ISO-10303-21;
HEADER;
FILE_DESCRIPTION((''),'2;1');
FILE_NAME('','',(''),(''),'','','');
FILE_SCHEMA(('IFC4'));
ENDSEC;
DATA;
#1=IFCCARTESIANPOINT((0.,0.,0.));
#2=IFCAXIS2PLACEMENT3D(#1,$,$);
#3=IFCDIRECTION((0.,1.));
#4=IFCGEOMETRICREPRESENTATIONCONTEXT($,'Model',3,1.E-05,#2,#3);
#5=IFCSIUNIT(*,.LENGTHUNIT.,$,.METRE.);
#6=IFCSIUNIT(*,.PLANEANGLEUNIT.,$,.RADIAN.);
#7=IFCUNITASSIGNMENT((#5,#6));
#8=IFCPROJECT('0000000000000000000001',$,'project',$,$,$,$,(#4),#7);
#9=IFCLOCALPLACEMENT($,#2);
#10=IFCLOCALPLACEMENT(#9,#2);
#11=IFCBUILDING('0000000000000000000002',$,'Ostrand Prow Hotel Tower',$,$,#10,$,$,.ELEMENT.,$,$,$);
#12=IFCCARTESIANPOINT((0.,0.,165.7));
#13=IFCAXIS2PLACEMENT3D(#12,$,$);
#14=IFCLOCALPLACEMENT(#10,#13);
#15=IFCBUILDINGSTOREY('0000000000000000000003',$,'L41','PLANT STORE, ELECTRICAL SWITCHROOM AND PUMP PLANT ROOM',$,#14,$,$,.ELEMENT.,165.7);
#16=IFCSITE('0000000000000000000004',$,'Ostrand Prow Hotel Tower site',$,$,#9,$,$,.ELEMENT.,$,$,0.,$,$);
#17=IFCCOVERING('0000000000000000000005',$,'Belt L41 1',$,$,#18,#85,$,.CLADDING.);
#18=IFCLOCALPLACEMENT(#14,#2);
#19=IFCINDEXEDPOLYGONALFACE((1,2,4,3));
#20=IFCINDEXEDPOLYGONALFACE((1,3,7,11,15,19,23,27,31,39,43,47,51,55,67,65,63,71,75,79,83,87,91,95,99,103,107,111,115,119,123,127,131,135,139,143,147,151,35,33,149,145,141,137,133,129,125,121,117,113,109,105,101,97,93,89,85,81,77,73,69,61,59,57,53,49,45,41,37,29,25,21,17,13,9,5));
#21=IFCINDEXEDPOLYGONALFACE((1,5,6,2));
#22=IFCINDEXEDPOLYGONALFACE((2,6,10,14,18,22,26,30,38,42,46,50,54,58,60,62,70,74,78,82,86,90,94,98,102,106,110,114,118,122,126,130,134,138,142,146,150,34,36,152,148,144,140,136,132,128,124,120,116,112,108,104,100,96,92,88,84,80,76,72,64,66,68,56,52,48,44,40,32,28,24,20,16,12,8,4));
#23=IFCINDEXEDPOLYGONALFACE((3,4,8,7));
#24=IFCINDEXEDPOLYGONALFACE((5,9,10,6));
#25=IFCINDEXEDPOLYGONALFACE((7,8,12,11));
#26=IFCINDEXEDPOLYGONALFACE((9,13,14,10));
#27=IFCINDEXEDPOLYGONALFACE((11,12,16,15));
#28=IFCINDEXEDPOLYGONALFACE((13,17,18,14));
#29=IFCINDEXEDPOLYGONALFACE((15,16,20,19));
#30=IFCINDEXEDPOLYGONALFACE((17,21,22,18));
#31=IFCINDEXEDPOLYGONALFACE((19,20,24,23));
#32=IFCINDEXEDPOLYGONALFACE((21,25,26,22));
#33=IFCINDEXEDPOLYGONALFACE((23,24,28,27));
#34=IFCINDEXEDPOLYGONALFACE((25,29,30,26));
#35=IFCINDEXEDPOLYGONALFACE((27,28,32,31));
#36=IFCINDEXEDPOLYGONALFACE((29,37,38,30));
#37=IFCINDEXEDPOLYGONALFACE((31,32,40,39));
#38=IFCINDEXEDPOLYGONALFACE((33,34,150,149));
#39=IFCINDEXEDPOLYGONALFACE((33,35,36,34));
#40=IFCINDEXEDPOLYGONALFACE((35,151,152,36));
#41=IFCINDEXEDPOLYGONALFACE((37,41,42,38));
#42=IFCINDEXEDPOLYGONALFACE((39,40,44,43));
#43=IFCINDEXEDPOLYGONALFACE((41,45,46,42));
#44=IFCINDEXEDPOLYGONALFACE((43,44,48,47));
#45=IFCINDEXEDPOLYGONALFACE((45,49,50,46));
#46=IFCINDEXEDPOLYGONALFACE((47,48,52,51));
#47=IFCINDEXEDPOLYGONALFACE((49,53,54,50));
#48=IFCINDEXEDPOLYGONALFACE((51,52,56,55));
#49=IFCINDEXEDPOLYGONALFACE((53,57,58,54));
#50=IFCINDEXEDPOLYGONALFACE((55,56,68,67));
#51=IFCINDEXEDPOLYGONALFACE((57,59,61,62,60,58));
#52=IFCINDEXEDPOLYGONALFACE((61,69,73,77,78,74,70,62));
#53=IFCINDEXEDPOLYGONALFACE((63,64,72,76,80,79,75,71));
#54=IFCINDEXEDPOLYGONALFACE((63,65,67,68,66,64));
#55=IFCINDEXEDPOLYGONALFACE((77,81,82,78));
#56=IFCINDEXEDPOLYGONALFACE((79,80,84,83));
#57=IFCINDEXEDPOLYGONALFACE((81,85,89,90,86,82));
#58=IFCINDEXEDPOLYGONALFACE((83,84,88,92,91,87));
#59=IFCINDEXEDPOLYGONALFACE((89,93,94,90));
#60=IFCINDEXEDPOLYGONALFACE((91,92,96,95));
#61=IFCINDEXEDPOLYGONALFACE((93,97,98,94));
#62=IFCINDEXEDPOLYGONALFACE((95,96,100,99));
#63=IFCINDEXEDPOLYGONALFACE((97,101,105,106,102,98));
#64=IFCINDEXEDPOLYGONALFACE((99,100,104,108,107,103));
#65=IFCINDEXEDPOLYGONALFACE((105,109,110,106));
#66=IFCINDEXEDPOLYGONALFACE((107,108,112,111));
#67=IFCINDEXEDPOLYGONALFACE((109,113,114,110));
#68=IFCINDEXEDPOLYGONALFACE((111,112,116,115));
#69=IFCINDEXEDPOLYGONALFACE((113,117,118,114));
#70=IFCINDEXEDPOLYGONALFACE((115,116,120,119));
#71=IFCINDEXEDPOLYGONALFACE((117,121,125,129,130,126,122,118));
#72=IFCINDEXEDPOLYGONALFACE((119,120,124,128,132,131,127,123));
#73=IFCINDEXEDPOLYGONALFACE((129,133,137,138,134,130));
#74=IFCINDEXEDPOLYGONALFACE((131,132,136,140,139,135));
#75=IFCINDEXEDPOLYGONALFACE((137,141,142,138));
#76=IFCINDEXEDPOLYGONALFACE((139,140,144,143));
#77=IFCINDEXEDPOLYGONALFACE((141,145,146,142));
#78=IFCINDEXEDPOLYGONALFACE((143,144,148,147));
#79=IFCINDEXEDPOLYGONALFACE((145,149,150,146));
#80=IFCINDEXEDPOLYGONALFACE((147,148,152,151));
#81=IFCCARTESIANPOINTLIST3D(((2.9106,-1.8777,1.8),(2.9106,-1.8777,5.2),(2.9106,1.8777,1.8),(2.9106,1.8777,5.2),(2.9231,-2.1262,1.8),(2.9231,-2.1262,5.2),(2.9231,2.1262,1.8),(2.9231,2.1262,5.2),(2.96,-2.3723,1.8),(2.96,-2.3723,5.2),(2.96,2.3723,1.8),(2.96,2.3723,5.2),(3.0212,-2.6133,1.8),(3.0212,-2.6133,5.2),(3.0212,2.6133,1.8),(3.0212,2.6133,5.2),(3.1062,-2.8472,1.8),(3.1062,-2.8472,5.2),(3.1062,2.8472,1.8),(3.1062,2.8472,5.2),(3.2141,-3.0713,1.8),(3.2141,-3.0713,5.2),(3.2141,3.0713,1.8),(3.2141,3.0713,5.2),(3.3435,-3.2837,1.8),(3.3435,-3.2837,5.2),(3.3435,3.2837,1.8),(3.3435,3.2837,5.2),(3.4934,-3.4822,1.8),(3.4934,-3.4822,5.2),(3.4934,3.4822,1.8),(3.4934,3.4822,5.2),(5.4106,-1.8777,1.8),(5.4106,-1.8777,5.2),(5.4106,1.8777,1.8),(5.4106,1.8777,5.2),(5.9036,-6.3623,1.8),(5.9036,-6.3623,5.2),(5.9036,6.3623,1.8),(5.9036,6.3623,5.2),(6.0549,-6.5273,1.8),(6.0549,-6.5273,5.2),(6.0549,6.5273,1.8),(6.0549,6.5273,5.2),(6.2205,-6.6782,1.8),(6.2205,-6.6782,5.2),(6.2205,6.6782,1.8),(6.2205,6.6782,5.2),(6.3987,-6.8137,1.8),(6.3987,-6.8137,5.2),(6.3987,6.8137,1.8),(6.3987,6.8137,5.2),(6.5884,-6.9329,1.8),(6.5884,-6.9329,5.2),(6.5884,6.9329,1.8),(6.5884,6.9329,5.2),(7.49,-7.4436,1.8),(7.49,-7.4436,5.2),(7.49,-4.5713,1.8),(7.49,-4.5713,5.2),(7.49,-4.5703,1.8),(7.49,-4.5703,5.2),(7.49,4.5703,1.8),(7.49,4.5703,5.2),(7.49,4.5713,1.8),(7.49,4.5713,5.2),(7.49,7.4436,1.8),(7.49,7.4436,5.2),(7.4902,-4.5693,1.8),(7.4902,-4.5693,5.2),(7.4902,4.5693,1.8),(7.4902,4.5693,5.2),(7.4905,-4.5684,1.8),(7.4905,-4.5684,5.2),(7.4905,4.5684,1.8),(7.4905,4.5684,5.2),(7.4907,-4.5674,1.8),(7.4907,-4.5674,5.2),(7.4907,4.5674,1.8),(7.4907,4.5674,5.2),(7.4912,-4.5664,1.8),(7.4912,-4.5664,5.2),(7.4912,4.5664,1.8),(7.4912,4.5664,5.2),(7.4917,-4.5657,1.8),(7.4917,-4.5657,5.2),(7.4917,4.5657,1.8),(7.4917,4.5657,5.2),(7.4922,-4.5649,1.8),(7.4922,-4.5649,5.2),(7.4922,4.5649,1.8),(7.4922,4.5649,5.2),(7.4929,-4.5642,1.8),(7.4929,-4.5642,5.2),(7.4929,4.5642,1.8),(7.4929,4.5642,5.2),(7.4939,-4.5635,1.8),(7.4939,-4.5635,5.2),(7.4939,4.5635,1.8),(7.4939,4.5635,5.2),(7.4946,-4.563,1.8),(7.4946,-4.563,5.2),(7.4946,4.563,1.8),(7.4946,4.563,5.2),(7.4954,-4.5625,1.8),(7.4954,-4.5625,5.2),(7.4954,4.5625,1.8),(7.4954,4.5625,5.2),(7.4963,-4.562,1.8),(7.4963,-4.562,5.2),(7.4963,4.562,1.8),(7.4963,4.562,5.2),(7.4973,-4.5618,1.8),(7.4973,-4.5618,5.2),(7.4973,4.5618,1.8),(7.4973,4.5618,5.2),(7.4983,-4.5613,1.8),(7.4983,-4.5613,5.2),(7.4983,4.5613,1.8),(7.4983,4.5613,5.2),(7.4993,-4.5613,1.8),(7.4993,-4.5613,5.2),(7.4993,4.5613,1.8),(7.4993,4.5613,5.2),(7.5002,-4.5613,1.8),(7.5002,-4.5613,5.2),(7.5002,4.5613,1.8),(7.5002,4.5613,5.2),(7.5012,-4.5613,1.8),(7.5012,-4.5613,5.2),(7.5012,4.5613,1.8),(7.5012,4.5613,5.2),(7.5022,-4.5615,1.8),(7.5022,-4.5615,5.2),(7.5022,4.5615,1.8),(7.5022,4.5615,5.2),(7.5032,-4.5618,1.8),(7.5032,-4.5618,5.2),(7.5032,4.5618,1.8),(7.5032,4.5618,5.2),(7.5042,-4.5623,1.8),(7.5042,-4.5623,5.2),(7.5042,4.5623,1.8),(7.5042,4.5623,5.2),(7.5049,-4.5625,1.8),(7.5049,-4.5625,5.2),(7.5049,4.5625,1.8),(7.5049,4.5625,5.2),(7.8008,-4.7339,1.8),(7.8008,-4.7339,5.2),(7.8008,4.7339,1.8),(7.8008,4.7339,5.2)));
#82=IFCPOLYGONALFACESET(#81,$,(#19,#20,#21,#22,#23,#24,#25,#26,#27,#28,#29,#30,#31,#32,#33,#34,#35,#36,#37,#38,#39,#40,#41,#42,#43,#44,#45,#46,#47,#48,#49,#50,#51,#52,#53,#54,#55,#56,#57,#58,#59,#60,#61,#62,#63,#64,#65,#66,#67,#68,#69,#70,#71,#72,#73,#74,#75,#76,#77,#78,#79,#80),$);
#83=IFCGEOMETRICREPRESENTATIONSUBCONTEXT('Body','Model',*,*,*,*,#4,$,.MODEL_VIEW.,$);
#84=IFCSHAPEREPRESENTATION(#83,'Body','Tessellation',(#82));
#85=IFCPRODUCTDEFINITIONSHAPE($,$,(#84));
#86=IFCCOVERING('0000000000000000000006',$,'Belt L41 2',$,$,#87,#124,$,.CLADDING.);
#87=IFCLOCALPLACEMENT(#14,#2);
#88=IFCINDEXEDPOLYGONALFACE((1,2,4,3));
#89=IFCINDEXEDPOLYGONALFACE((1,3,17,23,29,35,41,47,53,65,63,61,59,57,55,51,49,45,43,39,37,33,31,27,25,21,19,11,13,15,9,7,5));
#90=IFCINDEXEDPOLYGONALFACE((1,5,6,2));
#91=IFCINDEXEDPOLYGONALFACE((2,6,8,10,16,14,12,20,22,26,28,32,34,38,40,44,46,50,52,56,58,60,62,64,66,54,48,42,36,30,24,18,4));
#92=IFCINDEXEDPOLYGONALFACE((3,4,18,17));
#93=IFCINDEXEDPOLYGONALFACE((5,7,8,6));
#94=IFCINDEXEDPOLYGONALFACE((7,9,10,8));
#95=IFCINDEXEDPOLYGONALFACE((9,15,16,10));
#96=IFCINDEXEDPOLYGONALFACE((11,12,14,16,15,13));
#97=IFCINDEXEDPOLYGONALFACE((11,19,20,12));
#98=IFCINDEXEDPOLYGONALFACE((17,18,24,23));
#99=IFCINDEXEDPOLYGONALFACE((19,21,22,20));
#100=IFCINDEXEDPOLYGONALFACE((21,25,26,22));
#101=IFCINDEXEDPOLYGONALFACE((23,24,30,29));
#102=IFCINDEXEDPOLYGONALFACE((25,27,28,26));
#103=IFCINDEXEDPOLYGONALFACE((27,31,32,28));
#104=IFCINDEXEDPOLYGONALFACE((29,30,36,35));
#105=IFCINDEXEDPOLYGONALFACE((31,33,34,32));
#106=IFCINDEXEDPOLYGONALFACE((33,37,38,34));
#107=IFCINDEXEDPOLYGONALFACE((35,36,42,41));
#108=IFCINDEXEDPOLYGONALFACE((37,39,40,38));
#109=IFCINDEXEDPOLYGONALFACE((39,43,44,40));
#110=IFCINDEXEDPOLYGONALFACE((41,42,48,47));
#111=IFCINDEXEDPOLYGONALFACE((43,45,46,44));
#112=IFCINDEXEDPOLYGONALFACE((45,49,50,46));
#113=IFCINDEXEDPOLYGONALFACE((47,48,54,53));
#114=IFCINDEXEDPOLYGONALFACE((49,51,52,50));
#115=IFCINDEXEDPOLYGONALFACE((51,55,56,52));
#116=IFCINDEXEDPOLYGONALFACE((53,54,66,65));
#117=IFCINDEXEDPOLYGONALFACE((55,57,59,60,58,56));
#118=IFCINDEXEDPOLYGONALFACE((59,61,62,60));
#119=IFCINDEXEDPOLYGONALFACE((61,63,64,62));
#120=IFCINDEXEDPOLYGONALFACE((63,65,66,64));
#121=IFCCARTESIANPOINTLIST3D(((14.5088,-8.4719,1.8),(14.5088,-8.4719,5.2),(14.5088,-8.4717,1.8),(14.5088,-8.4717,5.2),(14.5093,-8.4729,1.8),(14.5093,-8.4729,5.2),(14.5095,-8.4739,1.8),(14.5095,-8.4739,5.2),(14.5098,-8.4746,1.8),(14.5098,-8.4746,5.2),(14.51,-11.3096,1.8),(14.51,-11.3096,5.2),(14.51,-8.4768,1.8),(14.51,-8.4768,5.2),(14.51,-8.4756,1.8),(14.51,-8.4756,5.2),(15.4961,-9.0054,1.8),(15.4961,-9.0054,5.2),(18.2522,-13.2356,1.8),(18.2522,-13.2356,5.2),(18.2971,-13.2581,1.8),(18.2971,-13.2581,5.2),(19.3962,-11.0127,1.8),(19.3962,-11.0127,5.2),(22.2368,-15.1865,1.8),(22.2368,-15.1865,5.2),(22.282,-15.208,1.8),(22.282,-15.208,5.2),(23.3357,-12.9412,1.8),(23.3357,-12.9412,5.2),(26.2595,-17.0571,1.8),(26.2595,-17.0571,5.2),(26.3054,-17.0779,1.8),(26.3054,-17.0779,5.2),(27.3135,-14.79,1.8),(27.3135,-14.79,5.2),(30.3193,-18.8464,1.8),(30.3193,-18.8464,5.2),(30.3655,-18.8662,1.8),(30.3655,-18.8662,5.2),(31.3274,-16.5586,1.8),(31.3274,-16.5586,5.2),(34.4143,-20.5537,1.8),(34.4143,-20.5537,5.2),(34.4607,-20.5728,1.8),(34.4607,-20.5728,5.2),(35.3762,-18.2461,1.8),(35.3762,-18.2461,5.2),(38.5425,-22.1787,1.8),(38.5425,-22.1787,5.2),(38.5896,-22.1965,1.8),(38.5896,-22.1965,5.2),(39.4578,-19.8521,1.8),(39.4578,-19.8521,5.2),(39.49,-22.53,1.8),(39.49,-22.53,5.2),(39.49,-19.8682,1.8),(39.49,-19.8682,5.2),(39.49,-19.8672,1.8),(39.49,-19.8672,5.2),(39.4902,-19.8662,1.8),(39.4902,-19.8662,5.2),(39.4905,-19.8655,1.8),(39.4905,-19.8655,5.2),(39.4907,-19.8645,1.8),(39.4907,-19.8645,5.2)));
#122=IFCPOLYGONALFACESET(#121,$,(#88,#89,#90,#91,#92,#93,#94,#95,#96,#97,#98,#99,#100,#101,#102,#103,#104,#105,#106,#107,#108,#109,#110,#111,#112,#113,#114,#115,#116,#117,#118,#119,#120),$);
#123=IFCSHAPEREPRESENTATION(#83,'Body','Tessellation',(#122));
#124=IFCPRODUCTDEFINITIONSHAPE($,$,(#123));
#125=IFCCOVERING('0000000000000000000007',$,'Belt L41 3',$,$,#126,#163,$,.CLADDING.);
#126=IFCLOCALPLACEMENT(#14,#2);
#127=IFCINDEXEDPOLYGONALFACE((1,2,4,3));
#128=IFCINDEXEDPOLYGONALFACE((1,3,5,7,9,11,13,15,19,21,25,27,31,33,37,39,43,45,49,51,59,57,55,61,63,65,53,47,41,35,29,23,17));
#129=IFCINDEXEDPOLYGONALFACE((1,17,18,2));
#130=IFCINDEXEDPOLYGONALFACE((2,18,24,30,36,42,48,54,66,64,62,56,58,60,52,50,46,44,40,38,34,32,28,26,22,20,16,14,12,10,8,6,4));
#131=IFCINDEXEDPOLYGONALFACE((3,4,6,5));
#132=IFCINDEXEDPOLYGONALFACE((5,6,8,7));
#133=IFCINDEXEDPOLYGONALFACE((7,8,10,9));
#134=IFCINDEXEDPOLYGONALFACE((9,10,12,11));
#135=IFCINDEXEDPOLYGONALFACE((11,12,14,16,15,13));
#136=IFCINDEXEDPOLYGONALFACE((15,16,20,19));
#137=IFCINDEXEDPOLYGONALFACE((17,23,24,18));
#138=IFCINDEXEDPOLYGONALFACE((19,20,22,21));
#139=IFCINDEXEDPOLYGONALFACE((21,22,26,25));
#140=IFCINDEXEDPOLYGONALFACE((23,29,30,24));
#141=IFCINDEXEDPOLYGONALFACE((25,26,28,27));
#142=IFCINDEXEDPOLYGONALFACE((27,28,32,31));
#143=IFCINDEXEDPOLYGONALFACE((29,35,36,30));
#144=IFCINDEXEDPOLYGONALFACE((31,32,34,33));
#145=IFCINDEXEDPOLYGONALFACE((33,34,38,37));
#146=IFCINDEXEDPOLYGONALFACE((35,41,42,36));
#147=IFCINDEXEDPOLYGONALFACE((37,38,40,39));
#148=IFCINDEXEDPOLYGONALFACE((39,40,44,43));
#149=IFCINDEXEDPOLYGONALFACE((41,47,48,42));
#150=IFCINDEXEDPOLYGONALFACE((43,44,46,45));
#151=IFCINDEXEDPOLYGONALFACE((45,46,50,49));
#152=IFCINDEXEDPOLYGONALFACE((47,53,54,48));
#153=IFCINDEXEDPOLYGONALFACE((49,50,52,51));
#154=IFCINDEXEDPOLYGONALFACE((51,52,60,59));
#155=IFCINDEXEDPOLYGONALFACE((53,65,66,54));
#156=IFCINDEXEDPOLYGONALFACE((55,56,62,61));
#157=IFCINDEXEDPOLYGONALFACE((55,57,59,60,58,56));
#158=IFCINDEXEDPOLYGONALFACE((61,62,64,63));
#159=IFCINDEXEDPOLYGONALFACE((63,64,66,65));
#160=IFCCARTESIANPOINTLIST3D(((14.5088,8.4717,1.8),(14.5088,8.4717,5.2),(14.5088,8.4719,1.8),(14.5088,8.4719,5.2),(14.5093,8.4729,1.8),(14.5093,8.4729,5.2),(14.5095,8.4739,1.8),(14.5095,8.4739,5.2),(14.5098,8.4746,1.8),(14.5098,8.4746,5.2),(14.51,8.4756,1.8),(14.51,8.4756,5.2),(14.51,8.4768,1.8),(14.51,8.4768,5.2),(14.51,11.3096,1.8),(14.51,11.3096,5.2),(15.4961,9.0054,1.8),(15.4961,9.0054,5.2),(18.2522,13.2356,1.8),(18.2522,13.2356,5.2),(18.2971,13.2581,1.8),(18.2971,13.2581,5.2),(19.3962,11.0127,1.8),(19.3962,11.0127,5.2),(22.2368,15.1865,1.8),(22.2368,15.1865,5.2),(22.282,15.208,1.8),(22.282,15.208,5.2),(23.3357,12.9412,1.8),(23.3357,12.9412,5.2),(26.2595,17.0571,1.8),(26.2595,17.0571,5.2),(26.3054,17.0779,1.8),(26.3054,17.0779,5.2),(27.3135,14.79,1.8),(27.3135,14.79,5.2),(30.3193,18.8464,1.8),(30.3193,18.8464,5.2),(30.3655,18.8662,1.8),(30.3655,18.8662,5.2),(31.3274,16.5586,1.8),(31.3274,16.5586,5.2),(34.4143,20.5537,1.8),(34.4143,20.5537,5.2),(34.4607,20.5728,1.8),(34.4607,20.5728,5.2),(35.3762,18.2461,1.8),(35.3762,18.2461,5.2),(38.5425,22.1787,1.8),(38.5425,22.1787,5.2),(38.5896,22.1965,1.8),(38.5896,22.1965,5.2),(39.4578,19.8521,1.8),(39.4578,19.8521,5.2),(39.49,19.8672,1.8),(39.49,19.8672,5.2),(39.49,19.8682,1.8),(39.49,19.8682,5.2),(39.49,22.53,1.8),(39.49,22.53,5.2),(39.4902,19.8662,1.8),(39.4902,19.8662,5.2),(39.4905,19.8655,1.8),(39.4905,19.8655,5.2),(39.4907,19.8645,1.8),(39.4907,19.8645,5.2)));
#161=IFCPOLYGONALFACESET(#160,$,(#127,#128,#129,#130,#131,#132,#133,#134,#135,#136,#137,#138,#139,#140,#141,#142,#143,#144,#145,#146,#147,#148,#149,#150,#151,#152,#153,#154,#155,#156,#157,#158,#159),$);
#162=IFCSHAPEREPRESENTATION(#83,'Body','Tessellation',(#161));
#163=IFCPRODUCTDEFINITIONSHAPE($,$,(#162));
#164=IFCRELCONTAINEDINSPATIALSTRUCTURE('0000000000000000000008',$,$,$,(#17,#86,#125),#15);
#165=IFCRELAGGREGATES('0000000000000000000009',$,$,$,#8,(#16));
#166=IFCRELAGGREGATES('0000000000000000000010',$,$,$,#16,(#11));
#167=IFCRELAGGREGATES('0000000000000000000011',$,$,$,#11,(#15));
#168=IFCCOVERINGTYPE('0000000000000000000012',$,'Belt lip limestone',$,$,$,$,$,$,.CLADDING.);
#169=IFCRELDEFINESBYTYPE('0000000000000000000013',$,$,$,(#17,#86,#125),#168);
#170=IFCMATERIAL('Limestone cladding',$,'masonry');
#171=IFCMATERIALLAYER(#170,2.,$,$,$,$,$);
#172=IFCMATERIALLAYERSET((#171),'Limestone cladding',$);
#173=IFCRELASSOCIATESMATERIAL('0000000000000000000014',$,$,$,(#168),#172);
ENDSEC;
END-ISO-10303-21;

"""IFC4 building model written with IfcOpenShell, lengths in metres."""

from ifc_helpers import new_model, si_unit, direction, frame, origin, place, context, subcontext, project, spatial, polyline, outline, extrude, material, layer, layer_set, type_object, element, save


model = new_model("IFC4")

# Units and contexts
model_context = context("Model", 3, precision=1e-05, world=origin(), true_north=direction((0.0, 1.0)))
body_context = subcontext(model_context, "Body", "Model", "MODEL_VIEW")
ifc_project = project(units=[si_unit("LENGTHUNIT", "METRE"), si_unit("PLANEANGLEUNIT", "RADIAN")], contexts=[model_context])

# Site, building, storey
site_placement = place(None, origin())
site = spatial("IfcSite", under=ifc_project, at=site_placement, Name="Ostrand Prow Hotel Tower site", CompositionType="ELEMENT", RefElevation=0.0)
building_placement = place(site_placement, origin())
building = spatial("IfcBuilding", under=site, at=building_placement, Name="Ostrand Prow Hotel Tower", CompositionType="ELEMENT")
storey_placement = place(building_placement, frame((0.0, 0.0, 165.7)))
storey = spatial("IfcBuildingStorey", under=building, at=storey_placement, Name="L41", Description="PLANT STORE, ELECTRICAL SWITCHROOM AND PUMP PLANT ROOM", CompositionType="ELEMENT", Elevation=165.7)

# Coverings
ifc_material_1 = material(Name="Limestone cladding", Category="masonry")
ifc_layer_1 = layer(ifc_material_1, 2.0)
ifc_layer_set_1 = layer_set([ifc_layer_1], Name="Limestone cladding")
covering_type_1 = type_object("IfcCoveringType", Name="Belt lip limestone", PredefinedType="CLADDING", material=ifc_layer_set_1)
covering_1_placement = place(storey_placement, frame((0.0, 0.0, 1.8)))
element("IfcCovering", 1, at=covering_1_placement, inside=storey, type_object=covering_type_1, Name="Belt L41 1", PredefinedType="CLADDING", context=body_context, shape_type="SweptSolid", body=[
    extrude(outline(polyline([(6.5884, -6.9329), (7.49, -7.4436), (7.49, -4.5713), (7.49, -4.5703), (7.4902, -4.5693), (7.4905, -4.5684), (7.4907, -4.5674), (7.4912, -4.5664), (7.4917, -4.5657), (7.4922, -4.5649), (7.4929, -4.5642), (7.4939, -4.5635), (7.4946, -4.563), (7.4954, -4.5625), (7.4963, -4.562), (7.4973, -4.5618), (7.4983, -4.5613), (7.4993, -4.5613), (7.5002, -4.5613), (7.5012, -4.5613), (7.5022, -4.5615), (7.5032, -4.5618), (7.5042, -4.5623), (7.5049, -4.5625), (7.8008, -4.7339), (5.4106, -1.8777), (5.4106, 1.8777), (7.8008, 4.7339), (7.5049, 4.5625), (7.5042, 4.5623), (7.5032, 4.5618), (7.5022, 4.5615), (7.5012, 4.5613), (7.5002, 4.5613), (7.4993, 4.5613), (7.4983, 4.5613), (7.4973, 4.5618), (7.4963, 4.562), (7.4954, 4.5625), (7.4946, 4.563), (7.4939, 4.5635), (7.4929, 4.5642), (7.4922, 4.5649), (7.4917, 4.5657), (7.4912, 4.5664), (7.4907, 4.5674), (7.4905, 4.5684), (7.4902, 4.5693), (7.49, 4.5703), (7.49, 4.5713), (7.49, 7.4436), (6.5884, 6.9329), (6.3987, 6.8137), (6.2205, 6.6782), (6.0549, 6.5273), (5.9036, 6.3623), (3.4934, 3.4822), (3.3435, 3.2837), (3.2141, 3.0713), (3.1062, 2.8472), (3.0212, 2.6133), (2.96, 2.3723), (2.9231, 2.1262), (2.9106, 1.8777), (2.9106, -1.8777), (2.9231, -2.1262), (2.96, -2.3723), (3.0212, -2.6133), (3.1062, -2.8472), (3.2141, -3.0713), (3.3435, -3.2837), (3.4934, -3.4822), (5.9036, -6.3623), (6.0549, -6.5273), (6.2205, -6.6782), (6.3987, -6.8137), (6.5884, -6.9329)])), origin(), (0.0, 0.0, 1.0), 3.3999),
])
covering_2_placement = place(storey_placement, frame((0.0, 0.0, 1.8)))
element("IfcCovering", 2, at=covering_2_placement, inside=storey, type_object=covering_type_1, Name="Belt L41 2", PredefinedType="CLADDING", context=body_context, shape_type="SweptSolid", body=[
    extrude(outline(polyline([(38.5896, -22.1965), (39.49, -22.53), (39.49, -19.8682), (39.49, -19.8672), (39.4902, -19.8662), (39.4905, -19.8655), (39.4907, -19.8645), (39.4907, -19.8645), (39.4578, -19.8521), (35.3762, -18.2461), (31.3274, -16.5586), (27.3135, -14.79), (23.3357, -12.9412), (19.3962, -11.0127), (15.4961, -9.0054), (14.5088, -8.4717), (14.5088, -8.4719), (14.5093, -8.4729), (14.5095, -8.4739), (14.5098, -8.4746), (14.51, -8.4756), (14.51, -8.4768), (14.51, -11.3096), (18.2522, -13.2356), (18.2971, -13.2581), (22.2368, -15.1865), (22.282, -15.208), (26.2595, -17.0571), (26.3054, -17.0779), (30.3193, -18.8464), (30.3655, -18.8662), (34.4143, -20.5537), (34.4607, -20.5728), (38.5425, -22.1787), (38.5896, -22.1965)])), origin(), (0.0, 0.0, 1.0), 3.3999),
])
covering_3_placement = place(storey_placement, frame((0.0, 0.0, 1.8)))
element("IfcCovering", 3, at=covering_3_placement, inside=storey, type_object=covering_type_1, Name="Belt L41 3", PredefinedType="CLADDING", context=body_context, shape_type="SweptSolid", body=[
    extrude(outline(polyline([(18.2522, 13.2356), (14.51, 11.3096), (14.51, 8.4768), (14.51, 8.4756), (14.5098, 8.4746), (14.5095, 8.4739), (14.5093, 8.4729), (14.5088, 8.4719), (14.5088, 8.4717), (15.4961, 9.0054), (19.3962, 11.0127), (23.3357, 12.9412), (27.3135, 14.79), (31.3274, 16.5586), (35.3762, 18.2461), (39.4578, 19.8521), (39.4907, 19.8645), (39.4907, 19.8645), (39.4905, 19.8655), (39.4902, 19.8662), (39.49, 19.8672), (39.49, 19.8682), (39.49, 22.53), (38.5896, 22.1965), (38.5425, 22.1787), (34.4607, 20.5728), (34.4143, 20.5537), (30.3655, 18.8662), (30.3193, 18.8464), (26.3054, 17.0779), (26.2595, 17.0571), (22.282, 15.208), (22.2368, 15.1865), (18.2971, 13.2581), (18.2522, 13.2356)])), origin(), (0.0, 0.0, 1.0), 3.3999),
])

save(model, "model.ifc")
